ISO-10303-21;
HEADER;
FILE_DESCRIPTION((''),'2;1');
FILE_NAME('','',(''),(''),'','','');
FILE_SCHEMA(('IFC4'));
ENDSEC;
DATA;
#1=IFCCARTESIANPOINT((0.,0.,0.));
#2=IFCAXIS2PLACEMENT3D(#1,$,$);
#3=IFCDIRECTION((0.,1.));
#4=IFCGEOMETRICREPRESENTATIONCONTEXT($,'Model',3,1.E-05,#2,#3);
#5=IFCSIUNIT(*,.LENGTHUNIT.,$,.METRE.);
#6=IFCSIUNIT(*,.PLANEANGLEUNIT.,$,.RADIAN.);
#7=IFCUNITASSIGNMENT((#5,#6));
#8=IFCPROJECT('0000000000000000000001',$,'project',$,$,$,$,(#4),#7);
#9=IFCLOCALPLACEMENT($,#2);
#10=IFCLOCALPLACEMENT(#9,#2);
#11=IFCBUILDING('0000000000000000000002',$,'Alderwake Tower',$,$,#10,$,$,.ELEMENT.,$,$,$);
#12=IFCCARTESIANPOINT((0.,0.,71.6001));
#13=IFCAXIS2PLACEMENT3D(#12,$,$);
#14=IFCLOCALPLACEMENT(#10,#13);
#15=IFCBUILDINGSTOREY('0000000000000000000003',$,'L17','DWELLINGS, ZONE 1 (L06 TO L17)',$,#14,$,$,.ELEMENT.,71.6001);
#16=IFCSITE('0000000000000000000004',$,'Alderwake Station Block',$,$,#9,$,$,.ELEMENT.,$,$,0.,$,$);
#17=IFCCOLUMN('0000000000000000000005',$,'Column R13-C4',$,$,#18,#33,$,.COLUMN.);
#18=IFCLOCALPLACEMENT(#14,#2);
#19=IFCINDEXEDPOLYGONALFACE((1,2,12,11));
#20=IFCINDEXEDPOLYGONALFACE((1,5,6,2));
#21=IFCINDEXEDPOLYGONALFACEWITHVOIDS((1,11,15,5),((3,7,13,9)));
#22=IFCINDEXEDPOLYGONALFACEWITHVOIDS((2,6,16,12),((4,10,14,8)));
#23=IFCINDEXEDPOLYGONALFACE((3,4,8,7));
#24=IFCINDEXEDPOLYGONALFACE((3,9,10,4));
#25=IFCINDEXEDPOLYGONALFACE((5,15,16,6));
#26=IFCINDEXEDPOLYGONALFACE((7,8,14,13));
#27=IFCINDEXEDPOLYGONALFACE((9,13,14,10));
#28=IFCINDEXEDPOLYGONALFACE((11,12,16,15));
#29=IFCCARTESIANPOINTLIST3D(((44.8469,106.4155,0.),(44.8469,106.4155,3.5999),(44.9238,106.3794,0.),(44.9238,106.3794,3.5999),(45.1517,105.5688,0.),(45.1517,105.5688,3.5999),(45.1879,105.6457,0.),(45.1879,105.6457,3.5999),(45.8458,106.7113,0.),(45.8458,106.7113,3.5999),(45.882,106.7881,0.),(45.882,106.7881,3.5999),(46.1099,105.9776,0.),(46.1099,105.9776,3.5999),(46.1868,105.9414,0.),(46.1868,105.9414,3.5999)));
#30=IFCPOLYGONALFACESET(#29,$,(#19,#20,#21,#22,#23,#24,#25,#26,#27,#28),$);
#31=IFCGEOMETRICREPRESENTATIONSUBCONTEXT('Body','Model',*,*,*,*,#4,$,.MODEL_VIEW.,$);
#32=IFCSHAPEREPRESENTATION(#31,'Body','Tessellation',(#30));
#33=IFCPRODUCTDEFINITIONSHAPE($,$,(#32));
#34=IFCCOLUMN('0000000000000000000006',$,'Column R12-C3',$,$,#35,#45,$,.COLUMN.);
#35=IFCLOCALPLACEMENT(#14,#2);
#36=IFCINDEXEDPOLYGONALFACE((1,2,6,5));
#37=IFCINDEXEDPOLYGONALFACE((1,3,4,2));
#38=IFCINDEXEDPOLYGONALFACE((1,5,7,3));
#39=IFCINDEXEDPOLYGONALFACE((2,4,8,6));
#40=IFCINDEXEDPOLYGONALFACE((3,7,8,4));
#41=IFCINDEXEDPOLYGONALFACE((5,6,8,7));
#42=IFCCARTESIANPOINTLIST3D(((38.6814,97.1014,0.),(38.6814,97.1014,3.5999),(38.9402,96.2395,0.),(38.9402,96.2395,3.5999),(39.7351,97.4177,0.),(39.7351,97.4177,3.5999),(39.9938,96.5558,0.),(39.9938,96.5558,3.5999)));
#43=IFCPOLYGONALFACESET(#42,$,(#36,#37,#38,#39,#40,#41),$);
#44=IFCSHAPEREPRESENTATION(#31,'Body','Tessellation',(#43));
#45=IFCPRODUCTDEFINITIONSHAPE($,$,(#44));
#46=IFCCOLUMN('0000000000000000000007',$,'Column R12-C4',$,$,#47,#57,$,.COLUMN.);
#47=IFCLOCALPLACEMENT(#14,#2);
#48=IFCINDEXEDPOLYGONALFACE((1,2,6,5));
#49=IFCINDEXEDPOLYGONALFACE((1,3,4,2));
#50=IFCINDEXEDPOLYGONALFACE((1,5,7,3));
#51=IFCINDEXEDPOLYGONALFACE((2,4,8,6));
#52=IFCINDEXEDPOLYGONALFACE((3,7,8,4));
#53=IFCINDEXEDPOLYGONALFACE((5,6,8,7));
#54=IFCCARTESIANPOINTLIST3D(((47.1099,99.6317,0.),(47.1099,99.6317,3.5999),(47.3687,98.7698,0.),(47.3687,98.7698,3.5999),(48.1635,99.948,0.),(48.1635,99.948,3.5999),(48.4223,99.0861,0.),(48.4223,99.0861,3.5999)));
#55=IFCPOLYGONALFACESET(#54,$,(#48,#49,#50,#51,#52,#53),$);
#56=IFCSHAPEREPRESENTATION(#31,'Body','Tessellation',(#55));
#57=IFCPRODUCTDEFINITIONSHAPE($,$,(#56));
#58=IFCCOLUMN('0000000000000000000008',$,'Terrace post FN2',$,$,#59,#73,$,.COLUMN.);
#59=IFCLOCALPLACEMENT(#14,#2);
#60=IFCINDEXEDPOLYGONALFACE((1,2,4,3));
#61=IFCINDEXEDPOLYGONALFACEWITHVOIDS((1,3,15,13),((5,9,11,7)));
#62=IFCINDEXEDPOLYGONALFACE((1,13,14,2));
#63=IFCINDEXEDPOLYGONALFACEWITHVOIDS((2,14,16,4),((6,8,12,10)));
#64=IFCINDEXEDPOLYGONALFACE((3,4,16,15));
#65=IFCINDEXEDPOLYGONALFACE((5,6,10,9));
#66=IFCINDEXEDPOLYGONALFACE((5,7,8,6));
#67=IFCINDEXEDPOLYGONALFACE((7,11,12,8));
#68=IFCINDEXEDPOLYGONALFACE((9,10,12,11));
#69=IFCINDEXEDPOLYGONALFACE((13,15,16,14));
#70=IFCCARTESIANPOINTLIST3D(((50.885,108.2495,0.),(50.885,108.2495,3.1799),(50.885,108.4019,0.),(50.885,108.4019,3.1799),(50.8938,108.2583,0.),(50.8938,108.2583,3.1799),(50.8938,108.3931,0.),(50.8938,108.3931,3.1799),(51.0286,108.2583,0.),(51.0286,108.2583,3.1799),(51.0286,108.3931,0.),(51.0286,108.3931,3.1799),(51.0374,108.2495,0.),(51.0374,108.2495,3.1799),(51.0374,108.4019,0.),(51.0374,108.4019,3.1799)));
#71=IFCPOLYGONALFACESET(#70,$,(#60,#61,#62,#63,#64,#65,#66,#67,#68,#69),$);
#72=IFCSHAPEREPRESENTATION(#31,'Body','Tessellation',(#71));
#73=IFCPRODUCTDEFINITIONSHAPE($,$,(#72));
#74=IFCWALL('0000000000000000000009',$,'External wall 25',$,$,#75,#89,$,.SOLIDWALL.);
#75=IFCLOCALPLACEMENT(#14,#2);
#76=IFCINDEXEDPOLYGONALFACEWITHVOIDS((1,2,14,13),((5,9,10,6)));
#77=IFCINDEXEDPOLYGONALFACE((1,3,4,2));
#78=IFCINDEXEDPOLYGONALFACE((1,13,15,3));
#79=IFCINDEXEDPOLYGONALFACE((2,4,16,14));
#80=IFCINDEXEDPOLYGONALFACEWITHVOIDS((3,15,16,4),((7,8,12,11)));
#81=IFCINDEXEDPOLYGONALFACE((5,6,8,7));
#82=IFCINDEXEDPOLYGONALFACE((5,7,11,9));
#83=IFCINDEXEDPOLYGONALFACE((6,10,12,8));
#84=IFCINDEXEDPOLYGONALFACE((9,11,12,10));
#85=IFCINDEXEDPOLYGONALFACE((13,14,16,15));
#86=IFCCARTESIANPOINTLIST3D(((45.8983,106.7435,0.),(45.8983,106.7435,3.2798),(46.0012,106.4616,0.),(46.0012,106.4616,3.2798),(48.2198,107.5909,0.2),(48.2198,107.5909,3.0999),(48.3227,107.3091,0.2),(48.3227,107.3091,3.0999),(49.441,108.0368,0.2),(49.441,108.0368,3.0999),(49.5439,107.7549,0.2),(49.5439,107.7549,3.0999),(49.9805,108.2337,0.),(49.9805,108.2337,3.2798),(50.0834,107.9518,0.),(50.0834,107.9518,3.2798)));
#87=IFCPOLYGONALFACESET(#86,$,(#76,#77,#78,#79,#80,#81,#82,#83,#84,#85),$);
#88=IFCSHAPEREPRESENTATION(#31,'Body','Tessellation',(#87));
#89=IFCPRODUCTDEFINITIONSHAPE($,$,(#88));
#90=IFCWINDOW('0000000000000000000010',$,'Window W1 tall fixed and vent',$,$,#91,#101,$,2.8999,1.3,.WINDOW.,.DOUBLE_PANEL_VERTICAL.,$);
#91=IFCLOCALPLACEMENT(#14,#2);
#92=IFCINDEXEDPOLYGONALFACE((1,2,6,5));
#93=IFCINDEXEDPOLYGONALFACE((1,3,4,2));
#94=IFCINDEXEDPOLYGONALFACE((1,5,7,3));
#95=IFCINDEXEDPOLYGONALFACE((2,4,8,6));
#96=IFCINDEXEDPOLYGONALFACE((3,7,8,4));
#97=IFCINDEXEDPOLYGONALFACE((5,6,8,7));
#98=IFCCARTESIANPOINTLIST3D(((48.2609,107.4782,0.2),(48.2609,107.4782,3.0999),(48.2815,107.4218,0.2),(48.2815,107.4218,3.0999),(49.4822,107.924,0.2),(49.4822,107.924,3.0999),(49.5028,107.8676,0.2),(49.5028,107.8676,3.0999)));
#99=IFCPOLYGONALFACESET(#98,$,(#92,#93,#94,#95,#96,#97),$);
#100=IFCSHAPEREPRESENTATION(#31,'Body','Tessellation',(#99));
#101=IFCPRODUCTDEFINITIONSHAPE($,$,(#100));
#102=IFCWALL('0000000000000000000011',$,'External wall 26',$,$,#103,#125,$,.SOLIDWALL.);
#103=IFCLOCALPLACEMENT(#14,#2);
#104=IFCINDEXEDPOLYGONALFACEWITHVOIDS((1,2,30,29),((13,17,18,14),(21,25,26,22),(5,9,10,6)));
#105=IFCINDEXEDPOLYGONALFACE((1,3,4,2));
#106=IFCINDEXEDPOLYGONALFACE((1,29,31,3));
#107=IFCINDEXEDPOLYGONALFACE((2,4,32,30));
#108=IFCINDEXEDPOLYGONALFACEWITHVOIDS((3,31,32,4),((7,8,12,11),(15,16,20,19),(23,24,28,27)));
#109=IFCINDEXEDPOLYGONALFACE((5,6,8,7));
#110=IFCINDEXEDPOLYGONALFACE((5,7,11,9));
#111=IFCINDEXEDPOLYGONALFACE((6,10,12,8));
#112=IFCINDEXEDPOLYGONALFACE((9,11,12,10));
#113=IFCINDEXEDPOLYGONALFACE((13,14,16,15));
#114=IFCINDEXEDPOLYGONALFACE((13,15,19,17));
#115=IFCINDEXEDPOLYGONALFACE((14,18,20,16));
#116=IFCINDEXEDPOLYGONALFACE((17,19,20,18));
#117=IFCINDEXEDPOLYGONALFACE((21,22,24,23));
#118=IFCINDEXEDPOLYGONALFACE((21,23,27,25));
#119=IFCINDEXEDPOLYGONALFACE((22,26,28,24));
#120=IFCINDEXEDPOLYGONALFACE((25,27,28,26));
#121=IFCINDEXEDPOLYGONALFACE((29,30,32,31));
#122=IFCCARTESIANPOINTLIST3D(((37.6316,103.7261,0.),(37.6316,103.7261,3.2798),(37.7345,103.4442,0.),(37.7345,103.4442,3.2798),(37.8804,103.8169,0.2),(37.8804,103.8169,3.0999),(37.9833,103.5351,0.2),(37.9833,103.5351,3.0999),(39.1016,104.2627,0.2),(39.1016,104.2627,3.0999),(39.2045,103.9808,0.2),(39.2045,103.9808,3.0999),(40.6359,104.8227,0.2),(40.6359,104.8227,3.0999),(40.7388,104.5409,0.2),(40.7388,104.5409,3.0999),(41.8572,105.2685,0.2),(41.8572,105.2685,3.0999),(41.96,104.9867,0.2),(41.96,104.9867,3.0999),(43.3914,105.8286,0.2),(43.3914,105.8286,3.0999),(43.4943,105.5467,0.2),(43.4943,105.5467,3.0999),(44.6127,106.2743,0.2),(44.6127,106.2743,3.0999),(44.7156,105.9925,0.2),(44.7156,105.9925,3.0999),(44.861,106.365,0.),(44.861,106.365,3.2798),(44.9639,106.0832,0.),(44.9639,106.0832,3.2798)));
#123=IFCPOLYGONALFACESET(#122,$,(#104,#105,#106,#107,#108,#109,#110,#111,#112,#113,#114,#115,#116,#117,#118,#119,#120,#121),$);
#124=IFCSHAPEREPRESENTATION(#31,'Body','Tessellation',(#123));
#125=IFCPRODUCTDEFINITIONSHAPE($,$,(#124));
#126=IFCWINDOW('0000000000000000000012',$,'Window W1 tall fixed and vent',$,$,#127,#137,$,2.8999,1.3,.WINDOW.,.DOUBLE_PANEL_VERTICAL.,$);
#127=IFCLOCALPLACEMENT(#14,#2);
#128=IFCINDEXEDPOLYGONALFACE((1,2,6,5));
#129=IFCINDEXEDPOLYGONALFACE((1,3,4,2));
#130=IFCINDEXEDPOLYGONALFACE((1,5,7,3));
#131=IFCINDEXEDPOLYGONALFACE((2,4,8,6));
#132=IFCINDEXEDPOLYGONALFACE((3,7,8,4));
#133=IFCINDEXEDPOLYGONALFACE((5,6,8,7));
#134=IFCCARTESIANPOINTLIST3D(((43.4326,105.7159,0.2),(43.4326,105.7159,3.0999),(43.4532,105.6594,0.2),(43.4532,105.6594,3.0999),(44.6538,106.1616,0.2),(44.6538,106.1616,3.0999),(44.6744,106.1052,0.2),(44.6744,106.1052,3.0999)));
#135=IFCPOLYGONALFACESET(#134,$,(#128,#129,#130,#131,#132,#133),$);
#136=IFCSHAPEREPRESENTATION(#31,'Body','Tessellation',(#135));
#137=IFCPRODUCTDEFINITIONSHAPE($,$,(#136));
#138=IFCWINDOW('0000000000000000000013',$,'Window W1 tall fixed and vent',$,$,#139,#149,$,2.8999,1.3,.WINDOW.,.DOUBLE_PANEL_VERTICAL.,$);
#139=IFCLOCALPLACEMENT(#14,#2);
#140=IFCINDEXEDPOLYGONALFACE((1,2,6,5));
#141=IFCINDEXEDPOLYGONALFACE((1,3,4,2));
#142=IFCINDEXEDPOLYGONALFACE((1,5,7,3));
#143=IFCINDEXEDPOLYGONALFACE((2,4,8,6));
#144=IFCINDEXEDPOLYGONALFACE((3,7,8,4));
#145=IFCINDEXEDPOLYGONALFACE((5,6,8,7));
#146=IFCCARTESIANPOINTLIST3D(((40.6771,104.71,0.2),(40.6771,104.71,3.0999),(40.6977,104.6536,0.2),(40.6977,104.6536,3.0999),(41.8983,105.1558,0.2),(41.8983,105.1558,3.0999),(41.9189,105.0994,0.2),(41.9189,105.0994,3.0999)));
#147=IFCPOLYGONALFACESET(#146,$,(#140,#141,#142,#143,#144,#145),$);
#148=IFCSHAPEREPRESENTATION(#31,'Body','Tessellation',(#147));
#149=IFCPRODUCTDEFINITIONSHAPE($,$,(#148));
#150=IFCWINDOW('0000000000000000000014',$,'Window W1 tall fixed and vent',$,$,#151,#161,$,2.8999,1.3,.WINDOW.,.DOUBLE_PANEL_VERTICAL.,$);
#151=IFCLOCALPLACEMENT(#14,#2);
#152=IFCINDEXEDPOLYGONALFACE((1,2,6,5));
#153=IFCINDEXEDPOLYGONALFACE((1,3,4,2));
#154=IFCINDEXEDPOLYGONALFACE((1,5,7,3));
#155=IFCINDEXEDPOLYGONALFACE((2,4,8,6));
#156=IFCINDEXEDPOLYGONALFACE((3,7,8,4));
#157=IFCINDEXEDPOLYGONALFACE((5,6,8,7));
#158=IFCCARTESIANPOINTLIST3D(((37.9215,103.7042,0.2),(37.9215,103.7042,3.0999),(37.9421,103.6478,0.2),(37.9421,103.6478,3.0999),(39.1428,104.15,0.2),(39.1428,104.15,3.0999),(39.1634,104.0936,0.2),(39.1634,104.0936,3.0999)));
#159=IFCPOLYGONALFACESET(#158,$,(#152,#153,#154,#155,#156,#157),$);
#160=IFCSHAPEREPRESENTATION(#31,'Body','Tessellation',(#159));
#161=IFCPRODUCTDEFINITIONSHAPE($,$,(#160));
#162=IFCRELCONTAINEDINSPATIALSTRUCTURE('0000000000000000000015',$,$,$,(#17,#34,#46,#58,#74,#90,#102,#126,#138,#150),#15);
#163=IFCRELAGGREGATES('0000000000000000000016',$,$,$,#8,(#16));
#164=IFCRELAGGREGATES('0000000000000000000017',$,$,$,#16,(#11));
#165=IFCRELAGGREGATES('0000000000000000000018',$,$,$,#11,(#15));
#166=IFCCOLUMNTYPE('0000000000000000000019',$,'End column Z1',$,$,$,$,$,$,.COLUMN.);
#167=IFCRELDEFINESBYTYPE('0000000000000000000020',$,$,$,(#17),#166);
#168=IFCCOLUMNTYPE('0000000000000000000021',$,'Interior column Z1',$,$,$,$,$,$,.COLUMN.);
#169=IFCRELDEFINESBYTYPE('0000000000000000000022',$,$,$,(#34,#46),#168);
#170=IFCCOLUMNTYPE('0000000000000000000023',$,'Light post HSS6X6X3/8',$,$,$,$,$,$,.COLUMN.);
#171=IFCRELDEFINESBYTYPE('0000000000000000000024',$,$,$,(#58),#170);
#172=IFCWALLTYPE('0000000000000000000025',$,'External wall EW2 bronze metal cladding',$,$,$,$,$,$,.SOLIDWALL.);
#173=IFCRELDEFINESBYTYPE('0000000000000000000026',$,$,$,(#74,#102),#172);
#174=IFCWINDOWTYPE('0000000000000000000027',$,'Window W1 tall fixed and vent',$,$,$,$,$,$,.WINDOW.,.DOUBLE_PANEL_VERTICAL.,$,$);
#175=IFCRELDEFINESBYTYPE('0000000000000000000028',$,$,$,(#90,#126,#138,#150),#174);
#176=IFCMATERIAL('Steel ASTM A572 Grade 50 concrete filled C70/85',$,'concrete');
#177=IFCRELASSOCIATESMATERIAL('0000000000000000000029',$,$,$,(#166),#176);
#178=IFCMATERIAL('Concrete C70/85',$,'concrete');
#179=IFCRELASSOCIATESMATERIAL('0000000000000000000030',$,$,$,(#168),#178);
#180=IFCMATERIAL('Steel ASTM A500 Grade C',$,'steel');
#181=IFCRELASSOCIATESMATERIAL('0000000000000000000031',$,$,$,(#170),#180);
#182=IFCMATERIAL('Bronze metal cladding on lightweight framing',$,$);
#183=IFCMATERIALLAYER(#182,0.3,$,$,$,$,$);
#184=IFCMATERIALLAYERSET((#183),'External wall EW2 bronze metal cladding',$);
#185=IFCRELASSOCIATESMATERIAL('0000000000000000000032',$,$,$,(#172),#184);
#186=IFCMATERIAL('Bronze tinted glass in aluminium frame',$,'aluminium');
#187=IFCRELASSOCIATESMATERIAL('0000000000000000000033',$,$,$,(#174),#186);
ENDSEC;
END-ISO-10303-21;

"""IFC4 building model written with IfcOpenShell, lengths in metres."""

from ifc_helpers import new_model, si_unit, direction, frame, frame_2d, origin, origin_2d, place, context, subcontext, project, spatial, rectangle, hollow_rectangle, extrude, material, layer, layer_set, material_profile, profile_set, type_object, element, fill, save


model = new_model("IFC4")

# Units and contexts
model_context = context("Model", 3, precision=1e-05, world=origin(), true_north=direction((0.0, 1.0)))
body_context = subcontext(model_context, "Body", "Model", "MODEL_VIEW")
ifc_project = project(units=[si_unit("LENGTHUNIT", "METRE"), si_unit("PLANEANGLEUNIT", "RADIAN")], contexts=[model_context])

# Site, building, storey
site_placement = place(None, origin())
site = spatial("IfcSite", under=ifc_project, at=site_placement, Name="Alderwake Station Block", CompositionType="ELEMENT", RefElevation=0.0)
building_placement = place(site_placement, origin())
building = spatial("IfcBuilding", under=site, at=building_placement, Name="Alderwake Tower", CompositionType="ELEMENT")
storey_placement = place(building_placement, frame((0.0, 0.0, 71.6001)))
storey = spatial("IfcBuildingStorey", under=building, at=storey_placement, Name="L17", Description="DWELLINGS, ZONE 1 (L06 TO L17)", CompositionType="ELEMENT", Elevation=71.6001)

# Columns
ifc_material_1 = material(Name="Steel ASTM A572 Grade 50 concrete filled C70/85", Category="concrete")
ifc_material_profile_1 = material_profile(ifc_material_1, hollow_rectangle(XDim=0.8999, YDim=1.1001, WallThickness=0.0601, at=origin_2d()), Name="BOX 1100X900X60")
ifc_profile_set_1 = profile_set([ifc_material_profile_1], Name="Steel ASTM A572 Grade 50 concrete filled C70/85")
column_type_1 = type_object("IfcColumnType", Name="End column Z1", PredefinedType="COLUMN", material=ifc_profile_set_1)
column_1_placement = place(storey_placement, frame((45.5168, 106.1785, 0.0), z_axis=(0.0, 0.0, 1.0), x_axis=(-0.338669, 0.940906, 0.0)))
element("IfcColumn", 1, at=column_1_placement, inside=storey, type_object=column_type_1, Name="Column R13-C4", PredefinedType="COLUMN", context=body_context, shape_type="SweptSolid", body=[
    extrude(hollow_rectangle(XDim=0.8999, YDim=1.1001, WallThickness=0.0601, at=origin_2d()), origin(), (0.0, 0.0, 1.0), 3.5999),
])
ifc_material_2 = material(Name="Concrete C70/85", Category="concrete")
ifc_material_profile_2 = material_profile(ifc_material_2, rectangle(XDim=0.8999, YDim=1.1001, at=origin_2d()), Name="RC 1100X900")
ifc_profile_set_2 = profile_set([ifc_material_profile_2], Name="Concrete C70/85")
column_type_2 = type_object("IfcColumnType", Name="Interior column Z1", PredefinedType="COLUMN", material=ifc_profile_set_2)
for number, where, z_axis, x_axis, name in (
    (2, (39.3376, 96.8286, 0.0), (0.0, 0.0, 1.0), (-0.287549, 0.957766, 0.0), "Column R12-C3"),
    (3, (47.7661, 99.3589, 0.0), (0.0, 0.0, 1.0), (-0.287549, 0.957766, 0.0), "Column R12-C4"),
):
    element("IfcColumn", number, at=place(storey_placement, frame(where, z_axis=z_axis, x_axis=x_axis)), inside=storey, type_object=column_type_2, Name=name, PredefinedType="COLUMN", context=body_context, shape_type="SweptSolid", body=[
        extrude(rectangle(XDim=0.8999, YDim=1.1001, at=origin_2d()), origin(), (0.0, 0.0, 1.0), 3.5999),
    ])
ifc_material_3 = material(Name="Steel ASTM A500 Grade C", Category="steel")
ifc_material_profile_3 = material_profile(ifc_material_3, hollow_rectangle(XDim=0.1523, YDim=0.1523, WallThickness=0.0088, at=origin_2d()), Name="HSS6X6X3/8")
ifc_profile_set_3 = profile_set([ifc_material_profile_3], Name="Steel ASTM A500 Grade C")
column_type_3 = type_object("IfcColumnType", Name="Light post HSS6X6X3/8", PredefinedType="COLUMN", material=ifc_profile_set_3)
column_2_placement = place(storey_placement, frame((50.9612, 108.3257, 0.0), z_axis=(0.0, 0.0, 1.0), x_axis=(1.0, 0.0, 0.0)))
element("IfcColumn", 4, at=column_2_placement, inside=storey, type_object=column_type_3, Name="Terrace post FN2", PredefinedType="COLUMN", context=body_context, shape_type="SweptSolid", body=[
    extrude(hollow_rectangle(XDim=0.1523, YDim=0.1523, WallThickness=0.0088, at=origin_2d()), origin(), (0.0, 0.0, 1.0), 3.1799),
])

# Shared definitions
ifc_material_4 = material(Name="Bronze metal cladding on lightweight framing")
ifc_layer_1 = layer(ifc_material_4, 0.3)
ifc_layer_set_1 = layer_set([ifc_layer_1], Name="External wall EW2 bronze metal cladding")
wall_type_1 = type_object("IfcWallType", Name="External wall EW2 bronze metal cladding", PredefinedType="SOLIDWALL", material=ifc_layer_set_1)
ifc_material_5 = material(Name="Bronze tinted glass in aluminium frame", Category="aluminium")
window_type = type_object("IfcWindowType", Name="Window W1 tall fixed and vent", PartitioningType="DOUBLE_PANEL_VERTICAL", PredefinedType="WINDOW", material=ifc_material_5)

# Wall, opening, window
wall_1_placement = place(storey_placement, frame((50.032, 108.0928, 0.0), z_axis=(0.0, 0.0, 1.0), x_axis=(-0.939366, -0.342916, 0.0)))
wall_1 = element("IfcWall", 5, at=wall_1_placement, inside=storey, type_object=wall_type_1, Name="External wall 25", PredefinedType="SOLIDWALL", context=body_context, shape_type="SweptSolid", body=[
    extrude(rectangle(XDim=4.3457, YDim=0.3, at=frame_2d((2.1729, 0.0))), origin(), (0.0, 0.0, 1.0), 3.2798),
])
opening_1_placement = place(wall_1_placement, frame((0.5745, 0.0, 0.2)))
opening_1 = element("IfcOpeningElement", 6, at=opening_1_placement, cuts=wall_1, PredefinedType="OPENING", context=body_context, shape_type="SweptSolid", body=[
    extrude(rectangle(XDim=1.3, YDim=2.8999, at=frame_2d((0.6499, 1.45))), frame((0.0, 0.1599, 0.0), z_axis=(0.0, -1.0, 0.0), x_axis=(1.0, 0.0, 0.0)), (0.0, 0.0, 1.0), 0.3201),
])
window_1_placement = place(opening_1_placement, origin())
window_1 = element("IfcWindow", 7, at=window_1_placement, inside=storey, type_object=window_type, Name="Window W1 tall fixed and vent", OverallHeight=2.8999, OverallWidth=1.3, PartitioningType="DOUBLE_PANEL_VERTICAL", PredefinedType="WINDOW", context=body_context, shape_type="SweptSolid", body=[
    extrude(rectangle(XDim=1.3, YDim=2.8999, at=frame_2d((0.6499, 1.45))), frame((0.0, 0.03, 0.0), z_axis=(0.0, -1.0, 0.0), x_axis=(1.0, 0.0, 0.0)), (0.0, 0.0, 1.0), 0.0601),
])
fill(opening_1, window_1)

# Wall, openings, windows
wall_2_placement = place(storey_placement, frame((44.9126, 106.2241, 0.0), z_axis=(0.0, 0.0, 1.0), x_axis=(-0.939375, -0.342892, 0.0)))
wall_2 = element("IfcWall", 8, at=wall_2_placement, inside=storey, type_object=wall_type_1, Name="External wall 26", PredefinedType="SOLIDWALL", context=body_context, shape_type="SweptSolid", body=[
    extrude(rectangle(XDim=7.696, YDim=0.3, at=frame_2d((3.8481, 0.0))), origin(), (0.0, 0.0, 1.0), 3.2798),
])
opening_2_placement = place(wall_2_placement, frame((0.2646, 0.0, 0.2)))
opening_2 = element("IfcOpeningElement", 9, at=opening_2_placement, cuts=wall_2, PredefinedType="OPENING", context=body_context, shape_type="SweptSolid", body=[
    extrude(rectangle(XDim=1.3, YDim=2.8999, at=frame_2d((0.6499, 1.45))), frame((0.0, 0.1599, 0.0), z_axis=(0.0, -1.0, 0.0), x_axis=(1.0, 0.0, 0.0)), (0.0, 0.0, 1.0), 0.3201),
])
opening_3_placement = place(wall_2_placement, frame((3.198, 0.0, 0.2)))
opening_3 = element("IfcOpeningElement", 10, at=opening_3_placement, cuts=wall_2, PredefinedType="OPENING", context=body_context, shape_type="SweptSolid", body=[
    extrude(rectangle(XDim=1.3, YDim=2.8999, at=frame_2d((0.6499, 1.45))), frame((0.0, 0.1599, 0.0), z_axis=(0.0, -1.0, 0.0), x_axis=(1.0, 0.0, 0.0)), (0.0, 0.0, 1.0), 0.3201),
])
opening_4_placement = place(wall_2_placement, frame((6.1313, 0.0, 0.2)))
opening_4 = element("IfcOpeningElement", 11, at=opening_4_placement, cuts=wall_2, PredefinedType="OPENING", context=body_context, shape_type="SweptSolid", body=[
    extrude(rectangle(XDim=1.3, YDim=2.8999, at=frame_2d((0.6499, 1.45))), frame((0.0, 0.1599, 0.0), z_axis=(0.0, -1.0, 0.0), x_axis=(1.0, 0.0, 0.0)), (0.0, 0.0, 1.0), 0.3201),
])
window_2_placement = place(opening_2_placement, origin())
window_2 = element("IfcWindow", 12, at=window_2_placement, inside=storey, type_object=window_type, Name="Window W1 tall fixed and vent", OverallHeight=2.8999, OverallWidth=1.3, PartitioningType="DOUBLE_PANEL_VERTICAL", PredefinedType="WINDOW", context=body_context, shape_type="SweptSolid", body=[
    extrude(rectangle(XDim=1.3, YDim=2.8999, at=frame_2d((0.6499, 1.45))), frame((0.0, 0.03, 0.0), z_axis=(0.0, -1.0, 0.0), x_axis=(1.0, 0.0, 0.0)), (0.0, 0.0, 1.0), 0.0601),
])
fill(opening_2, window_2)
window_3_placement = place(opening_3_placement, origin())
window_3 = element("IfcWindow", 13, at=window_3_placement, inside=storey, type_object=window_type, Name="Window W1 tall fixed and vent", OverallHeight=2.8999, OverallWidth=1.3, PartitioningType="DOUBLE_PANEL_VERTICAL", PredefinedType="WINDOW", context=body_context, shape_type="SweptSolid", body=[
    extrude(rectangle(XDim=1.3, YDim=2.8999, at=frame_2d((0.6499, 1.45))), frame((0.0, 0.03, 0.0), z_axis=(0.0, -1.0, 0.0), x_axis=(1.0, 0.0, 0.0)), (0.0, 0.0, 1.0), 0.0601),
])
fill(opening_3, window_3)
window_4_placement = place(opening_4_placement, origin())
window_4 = element("IfcWindow", 14, at=window_4_placement, inside=storey, type_object=window_type, Name="Window W1 tall fixed and vent", OverallHeight=2.8999, OverallWidth=1.3, PartitioningType="DOUBLE_PANEL_VERTICAL", PredefinedType="WINDOW", context=body_context, shape_type="SweptSolid", body=[
    extrude(rectangle(XDim=1.3, YDim=2.8999, at=frame_2d((0.6499, 1.45))), frame((0.0, 0.03, 0.0), z_axis=(0.0, -1.0, 0.0), x_axis=(1.0, 0.0, 0.0)), (0.0, 0.0, 1.0), 0.0601),
])
fill(opening_4, window_4)

save(model, "model.ifc")
